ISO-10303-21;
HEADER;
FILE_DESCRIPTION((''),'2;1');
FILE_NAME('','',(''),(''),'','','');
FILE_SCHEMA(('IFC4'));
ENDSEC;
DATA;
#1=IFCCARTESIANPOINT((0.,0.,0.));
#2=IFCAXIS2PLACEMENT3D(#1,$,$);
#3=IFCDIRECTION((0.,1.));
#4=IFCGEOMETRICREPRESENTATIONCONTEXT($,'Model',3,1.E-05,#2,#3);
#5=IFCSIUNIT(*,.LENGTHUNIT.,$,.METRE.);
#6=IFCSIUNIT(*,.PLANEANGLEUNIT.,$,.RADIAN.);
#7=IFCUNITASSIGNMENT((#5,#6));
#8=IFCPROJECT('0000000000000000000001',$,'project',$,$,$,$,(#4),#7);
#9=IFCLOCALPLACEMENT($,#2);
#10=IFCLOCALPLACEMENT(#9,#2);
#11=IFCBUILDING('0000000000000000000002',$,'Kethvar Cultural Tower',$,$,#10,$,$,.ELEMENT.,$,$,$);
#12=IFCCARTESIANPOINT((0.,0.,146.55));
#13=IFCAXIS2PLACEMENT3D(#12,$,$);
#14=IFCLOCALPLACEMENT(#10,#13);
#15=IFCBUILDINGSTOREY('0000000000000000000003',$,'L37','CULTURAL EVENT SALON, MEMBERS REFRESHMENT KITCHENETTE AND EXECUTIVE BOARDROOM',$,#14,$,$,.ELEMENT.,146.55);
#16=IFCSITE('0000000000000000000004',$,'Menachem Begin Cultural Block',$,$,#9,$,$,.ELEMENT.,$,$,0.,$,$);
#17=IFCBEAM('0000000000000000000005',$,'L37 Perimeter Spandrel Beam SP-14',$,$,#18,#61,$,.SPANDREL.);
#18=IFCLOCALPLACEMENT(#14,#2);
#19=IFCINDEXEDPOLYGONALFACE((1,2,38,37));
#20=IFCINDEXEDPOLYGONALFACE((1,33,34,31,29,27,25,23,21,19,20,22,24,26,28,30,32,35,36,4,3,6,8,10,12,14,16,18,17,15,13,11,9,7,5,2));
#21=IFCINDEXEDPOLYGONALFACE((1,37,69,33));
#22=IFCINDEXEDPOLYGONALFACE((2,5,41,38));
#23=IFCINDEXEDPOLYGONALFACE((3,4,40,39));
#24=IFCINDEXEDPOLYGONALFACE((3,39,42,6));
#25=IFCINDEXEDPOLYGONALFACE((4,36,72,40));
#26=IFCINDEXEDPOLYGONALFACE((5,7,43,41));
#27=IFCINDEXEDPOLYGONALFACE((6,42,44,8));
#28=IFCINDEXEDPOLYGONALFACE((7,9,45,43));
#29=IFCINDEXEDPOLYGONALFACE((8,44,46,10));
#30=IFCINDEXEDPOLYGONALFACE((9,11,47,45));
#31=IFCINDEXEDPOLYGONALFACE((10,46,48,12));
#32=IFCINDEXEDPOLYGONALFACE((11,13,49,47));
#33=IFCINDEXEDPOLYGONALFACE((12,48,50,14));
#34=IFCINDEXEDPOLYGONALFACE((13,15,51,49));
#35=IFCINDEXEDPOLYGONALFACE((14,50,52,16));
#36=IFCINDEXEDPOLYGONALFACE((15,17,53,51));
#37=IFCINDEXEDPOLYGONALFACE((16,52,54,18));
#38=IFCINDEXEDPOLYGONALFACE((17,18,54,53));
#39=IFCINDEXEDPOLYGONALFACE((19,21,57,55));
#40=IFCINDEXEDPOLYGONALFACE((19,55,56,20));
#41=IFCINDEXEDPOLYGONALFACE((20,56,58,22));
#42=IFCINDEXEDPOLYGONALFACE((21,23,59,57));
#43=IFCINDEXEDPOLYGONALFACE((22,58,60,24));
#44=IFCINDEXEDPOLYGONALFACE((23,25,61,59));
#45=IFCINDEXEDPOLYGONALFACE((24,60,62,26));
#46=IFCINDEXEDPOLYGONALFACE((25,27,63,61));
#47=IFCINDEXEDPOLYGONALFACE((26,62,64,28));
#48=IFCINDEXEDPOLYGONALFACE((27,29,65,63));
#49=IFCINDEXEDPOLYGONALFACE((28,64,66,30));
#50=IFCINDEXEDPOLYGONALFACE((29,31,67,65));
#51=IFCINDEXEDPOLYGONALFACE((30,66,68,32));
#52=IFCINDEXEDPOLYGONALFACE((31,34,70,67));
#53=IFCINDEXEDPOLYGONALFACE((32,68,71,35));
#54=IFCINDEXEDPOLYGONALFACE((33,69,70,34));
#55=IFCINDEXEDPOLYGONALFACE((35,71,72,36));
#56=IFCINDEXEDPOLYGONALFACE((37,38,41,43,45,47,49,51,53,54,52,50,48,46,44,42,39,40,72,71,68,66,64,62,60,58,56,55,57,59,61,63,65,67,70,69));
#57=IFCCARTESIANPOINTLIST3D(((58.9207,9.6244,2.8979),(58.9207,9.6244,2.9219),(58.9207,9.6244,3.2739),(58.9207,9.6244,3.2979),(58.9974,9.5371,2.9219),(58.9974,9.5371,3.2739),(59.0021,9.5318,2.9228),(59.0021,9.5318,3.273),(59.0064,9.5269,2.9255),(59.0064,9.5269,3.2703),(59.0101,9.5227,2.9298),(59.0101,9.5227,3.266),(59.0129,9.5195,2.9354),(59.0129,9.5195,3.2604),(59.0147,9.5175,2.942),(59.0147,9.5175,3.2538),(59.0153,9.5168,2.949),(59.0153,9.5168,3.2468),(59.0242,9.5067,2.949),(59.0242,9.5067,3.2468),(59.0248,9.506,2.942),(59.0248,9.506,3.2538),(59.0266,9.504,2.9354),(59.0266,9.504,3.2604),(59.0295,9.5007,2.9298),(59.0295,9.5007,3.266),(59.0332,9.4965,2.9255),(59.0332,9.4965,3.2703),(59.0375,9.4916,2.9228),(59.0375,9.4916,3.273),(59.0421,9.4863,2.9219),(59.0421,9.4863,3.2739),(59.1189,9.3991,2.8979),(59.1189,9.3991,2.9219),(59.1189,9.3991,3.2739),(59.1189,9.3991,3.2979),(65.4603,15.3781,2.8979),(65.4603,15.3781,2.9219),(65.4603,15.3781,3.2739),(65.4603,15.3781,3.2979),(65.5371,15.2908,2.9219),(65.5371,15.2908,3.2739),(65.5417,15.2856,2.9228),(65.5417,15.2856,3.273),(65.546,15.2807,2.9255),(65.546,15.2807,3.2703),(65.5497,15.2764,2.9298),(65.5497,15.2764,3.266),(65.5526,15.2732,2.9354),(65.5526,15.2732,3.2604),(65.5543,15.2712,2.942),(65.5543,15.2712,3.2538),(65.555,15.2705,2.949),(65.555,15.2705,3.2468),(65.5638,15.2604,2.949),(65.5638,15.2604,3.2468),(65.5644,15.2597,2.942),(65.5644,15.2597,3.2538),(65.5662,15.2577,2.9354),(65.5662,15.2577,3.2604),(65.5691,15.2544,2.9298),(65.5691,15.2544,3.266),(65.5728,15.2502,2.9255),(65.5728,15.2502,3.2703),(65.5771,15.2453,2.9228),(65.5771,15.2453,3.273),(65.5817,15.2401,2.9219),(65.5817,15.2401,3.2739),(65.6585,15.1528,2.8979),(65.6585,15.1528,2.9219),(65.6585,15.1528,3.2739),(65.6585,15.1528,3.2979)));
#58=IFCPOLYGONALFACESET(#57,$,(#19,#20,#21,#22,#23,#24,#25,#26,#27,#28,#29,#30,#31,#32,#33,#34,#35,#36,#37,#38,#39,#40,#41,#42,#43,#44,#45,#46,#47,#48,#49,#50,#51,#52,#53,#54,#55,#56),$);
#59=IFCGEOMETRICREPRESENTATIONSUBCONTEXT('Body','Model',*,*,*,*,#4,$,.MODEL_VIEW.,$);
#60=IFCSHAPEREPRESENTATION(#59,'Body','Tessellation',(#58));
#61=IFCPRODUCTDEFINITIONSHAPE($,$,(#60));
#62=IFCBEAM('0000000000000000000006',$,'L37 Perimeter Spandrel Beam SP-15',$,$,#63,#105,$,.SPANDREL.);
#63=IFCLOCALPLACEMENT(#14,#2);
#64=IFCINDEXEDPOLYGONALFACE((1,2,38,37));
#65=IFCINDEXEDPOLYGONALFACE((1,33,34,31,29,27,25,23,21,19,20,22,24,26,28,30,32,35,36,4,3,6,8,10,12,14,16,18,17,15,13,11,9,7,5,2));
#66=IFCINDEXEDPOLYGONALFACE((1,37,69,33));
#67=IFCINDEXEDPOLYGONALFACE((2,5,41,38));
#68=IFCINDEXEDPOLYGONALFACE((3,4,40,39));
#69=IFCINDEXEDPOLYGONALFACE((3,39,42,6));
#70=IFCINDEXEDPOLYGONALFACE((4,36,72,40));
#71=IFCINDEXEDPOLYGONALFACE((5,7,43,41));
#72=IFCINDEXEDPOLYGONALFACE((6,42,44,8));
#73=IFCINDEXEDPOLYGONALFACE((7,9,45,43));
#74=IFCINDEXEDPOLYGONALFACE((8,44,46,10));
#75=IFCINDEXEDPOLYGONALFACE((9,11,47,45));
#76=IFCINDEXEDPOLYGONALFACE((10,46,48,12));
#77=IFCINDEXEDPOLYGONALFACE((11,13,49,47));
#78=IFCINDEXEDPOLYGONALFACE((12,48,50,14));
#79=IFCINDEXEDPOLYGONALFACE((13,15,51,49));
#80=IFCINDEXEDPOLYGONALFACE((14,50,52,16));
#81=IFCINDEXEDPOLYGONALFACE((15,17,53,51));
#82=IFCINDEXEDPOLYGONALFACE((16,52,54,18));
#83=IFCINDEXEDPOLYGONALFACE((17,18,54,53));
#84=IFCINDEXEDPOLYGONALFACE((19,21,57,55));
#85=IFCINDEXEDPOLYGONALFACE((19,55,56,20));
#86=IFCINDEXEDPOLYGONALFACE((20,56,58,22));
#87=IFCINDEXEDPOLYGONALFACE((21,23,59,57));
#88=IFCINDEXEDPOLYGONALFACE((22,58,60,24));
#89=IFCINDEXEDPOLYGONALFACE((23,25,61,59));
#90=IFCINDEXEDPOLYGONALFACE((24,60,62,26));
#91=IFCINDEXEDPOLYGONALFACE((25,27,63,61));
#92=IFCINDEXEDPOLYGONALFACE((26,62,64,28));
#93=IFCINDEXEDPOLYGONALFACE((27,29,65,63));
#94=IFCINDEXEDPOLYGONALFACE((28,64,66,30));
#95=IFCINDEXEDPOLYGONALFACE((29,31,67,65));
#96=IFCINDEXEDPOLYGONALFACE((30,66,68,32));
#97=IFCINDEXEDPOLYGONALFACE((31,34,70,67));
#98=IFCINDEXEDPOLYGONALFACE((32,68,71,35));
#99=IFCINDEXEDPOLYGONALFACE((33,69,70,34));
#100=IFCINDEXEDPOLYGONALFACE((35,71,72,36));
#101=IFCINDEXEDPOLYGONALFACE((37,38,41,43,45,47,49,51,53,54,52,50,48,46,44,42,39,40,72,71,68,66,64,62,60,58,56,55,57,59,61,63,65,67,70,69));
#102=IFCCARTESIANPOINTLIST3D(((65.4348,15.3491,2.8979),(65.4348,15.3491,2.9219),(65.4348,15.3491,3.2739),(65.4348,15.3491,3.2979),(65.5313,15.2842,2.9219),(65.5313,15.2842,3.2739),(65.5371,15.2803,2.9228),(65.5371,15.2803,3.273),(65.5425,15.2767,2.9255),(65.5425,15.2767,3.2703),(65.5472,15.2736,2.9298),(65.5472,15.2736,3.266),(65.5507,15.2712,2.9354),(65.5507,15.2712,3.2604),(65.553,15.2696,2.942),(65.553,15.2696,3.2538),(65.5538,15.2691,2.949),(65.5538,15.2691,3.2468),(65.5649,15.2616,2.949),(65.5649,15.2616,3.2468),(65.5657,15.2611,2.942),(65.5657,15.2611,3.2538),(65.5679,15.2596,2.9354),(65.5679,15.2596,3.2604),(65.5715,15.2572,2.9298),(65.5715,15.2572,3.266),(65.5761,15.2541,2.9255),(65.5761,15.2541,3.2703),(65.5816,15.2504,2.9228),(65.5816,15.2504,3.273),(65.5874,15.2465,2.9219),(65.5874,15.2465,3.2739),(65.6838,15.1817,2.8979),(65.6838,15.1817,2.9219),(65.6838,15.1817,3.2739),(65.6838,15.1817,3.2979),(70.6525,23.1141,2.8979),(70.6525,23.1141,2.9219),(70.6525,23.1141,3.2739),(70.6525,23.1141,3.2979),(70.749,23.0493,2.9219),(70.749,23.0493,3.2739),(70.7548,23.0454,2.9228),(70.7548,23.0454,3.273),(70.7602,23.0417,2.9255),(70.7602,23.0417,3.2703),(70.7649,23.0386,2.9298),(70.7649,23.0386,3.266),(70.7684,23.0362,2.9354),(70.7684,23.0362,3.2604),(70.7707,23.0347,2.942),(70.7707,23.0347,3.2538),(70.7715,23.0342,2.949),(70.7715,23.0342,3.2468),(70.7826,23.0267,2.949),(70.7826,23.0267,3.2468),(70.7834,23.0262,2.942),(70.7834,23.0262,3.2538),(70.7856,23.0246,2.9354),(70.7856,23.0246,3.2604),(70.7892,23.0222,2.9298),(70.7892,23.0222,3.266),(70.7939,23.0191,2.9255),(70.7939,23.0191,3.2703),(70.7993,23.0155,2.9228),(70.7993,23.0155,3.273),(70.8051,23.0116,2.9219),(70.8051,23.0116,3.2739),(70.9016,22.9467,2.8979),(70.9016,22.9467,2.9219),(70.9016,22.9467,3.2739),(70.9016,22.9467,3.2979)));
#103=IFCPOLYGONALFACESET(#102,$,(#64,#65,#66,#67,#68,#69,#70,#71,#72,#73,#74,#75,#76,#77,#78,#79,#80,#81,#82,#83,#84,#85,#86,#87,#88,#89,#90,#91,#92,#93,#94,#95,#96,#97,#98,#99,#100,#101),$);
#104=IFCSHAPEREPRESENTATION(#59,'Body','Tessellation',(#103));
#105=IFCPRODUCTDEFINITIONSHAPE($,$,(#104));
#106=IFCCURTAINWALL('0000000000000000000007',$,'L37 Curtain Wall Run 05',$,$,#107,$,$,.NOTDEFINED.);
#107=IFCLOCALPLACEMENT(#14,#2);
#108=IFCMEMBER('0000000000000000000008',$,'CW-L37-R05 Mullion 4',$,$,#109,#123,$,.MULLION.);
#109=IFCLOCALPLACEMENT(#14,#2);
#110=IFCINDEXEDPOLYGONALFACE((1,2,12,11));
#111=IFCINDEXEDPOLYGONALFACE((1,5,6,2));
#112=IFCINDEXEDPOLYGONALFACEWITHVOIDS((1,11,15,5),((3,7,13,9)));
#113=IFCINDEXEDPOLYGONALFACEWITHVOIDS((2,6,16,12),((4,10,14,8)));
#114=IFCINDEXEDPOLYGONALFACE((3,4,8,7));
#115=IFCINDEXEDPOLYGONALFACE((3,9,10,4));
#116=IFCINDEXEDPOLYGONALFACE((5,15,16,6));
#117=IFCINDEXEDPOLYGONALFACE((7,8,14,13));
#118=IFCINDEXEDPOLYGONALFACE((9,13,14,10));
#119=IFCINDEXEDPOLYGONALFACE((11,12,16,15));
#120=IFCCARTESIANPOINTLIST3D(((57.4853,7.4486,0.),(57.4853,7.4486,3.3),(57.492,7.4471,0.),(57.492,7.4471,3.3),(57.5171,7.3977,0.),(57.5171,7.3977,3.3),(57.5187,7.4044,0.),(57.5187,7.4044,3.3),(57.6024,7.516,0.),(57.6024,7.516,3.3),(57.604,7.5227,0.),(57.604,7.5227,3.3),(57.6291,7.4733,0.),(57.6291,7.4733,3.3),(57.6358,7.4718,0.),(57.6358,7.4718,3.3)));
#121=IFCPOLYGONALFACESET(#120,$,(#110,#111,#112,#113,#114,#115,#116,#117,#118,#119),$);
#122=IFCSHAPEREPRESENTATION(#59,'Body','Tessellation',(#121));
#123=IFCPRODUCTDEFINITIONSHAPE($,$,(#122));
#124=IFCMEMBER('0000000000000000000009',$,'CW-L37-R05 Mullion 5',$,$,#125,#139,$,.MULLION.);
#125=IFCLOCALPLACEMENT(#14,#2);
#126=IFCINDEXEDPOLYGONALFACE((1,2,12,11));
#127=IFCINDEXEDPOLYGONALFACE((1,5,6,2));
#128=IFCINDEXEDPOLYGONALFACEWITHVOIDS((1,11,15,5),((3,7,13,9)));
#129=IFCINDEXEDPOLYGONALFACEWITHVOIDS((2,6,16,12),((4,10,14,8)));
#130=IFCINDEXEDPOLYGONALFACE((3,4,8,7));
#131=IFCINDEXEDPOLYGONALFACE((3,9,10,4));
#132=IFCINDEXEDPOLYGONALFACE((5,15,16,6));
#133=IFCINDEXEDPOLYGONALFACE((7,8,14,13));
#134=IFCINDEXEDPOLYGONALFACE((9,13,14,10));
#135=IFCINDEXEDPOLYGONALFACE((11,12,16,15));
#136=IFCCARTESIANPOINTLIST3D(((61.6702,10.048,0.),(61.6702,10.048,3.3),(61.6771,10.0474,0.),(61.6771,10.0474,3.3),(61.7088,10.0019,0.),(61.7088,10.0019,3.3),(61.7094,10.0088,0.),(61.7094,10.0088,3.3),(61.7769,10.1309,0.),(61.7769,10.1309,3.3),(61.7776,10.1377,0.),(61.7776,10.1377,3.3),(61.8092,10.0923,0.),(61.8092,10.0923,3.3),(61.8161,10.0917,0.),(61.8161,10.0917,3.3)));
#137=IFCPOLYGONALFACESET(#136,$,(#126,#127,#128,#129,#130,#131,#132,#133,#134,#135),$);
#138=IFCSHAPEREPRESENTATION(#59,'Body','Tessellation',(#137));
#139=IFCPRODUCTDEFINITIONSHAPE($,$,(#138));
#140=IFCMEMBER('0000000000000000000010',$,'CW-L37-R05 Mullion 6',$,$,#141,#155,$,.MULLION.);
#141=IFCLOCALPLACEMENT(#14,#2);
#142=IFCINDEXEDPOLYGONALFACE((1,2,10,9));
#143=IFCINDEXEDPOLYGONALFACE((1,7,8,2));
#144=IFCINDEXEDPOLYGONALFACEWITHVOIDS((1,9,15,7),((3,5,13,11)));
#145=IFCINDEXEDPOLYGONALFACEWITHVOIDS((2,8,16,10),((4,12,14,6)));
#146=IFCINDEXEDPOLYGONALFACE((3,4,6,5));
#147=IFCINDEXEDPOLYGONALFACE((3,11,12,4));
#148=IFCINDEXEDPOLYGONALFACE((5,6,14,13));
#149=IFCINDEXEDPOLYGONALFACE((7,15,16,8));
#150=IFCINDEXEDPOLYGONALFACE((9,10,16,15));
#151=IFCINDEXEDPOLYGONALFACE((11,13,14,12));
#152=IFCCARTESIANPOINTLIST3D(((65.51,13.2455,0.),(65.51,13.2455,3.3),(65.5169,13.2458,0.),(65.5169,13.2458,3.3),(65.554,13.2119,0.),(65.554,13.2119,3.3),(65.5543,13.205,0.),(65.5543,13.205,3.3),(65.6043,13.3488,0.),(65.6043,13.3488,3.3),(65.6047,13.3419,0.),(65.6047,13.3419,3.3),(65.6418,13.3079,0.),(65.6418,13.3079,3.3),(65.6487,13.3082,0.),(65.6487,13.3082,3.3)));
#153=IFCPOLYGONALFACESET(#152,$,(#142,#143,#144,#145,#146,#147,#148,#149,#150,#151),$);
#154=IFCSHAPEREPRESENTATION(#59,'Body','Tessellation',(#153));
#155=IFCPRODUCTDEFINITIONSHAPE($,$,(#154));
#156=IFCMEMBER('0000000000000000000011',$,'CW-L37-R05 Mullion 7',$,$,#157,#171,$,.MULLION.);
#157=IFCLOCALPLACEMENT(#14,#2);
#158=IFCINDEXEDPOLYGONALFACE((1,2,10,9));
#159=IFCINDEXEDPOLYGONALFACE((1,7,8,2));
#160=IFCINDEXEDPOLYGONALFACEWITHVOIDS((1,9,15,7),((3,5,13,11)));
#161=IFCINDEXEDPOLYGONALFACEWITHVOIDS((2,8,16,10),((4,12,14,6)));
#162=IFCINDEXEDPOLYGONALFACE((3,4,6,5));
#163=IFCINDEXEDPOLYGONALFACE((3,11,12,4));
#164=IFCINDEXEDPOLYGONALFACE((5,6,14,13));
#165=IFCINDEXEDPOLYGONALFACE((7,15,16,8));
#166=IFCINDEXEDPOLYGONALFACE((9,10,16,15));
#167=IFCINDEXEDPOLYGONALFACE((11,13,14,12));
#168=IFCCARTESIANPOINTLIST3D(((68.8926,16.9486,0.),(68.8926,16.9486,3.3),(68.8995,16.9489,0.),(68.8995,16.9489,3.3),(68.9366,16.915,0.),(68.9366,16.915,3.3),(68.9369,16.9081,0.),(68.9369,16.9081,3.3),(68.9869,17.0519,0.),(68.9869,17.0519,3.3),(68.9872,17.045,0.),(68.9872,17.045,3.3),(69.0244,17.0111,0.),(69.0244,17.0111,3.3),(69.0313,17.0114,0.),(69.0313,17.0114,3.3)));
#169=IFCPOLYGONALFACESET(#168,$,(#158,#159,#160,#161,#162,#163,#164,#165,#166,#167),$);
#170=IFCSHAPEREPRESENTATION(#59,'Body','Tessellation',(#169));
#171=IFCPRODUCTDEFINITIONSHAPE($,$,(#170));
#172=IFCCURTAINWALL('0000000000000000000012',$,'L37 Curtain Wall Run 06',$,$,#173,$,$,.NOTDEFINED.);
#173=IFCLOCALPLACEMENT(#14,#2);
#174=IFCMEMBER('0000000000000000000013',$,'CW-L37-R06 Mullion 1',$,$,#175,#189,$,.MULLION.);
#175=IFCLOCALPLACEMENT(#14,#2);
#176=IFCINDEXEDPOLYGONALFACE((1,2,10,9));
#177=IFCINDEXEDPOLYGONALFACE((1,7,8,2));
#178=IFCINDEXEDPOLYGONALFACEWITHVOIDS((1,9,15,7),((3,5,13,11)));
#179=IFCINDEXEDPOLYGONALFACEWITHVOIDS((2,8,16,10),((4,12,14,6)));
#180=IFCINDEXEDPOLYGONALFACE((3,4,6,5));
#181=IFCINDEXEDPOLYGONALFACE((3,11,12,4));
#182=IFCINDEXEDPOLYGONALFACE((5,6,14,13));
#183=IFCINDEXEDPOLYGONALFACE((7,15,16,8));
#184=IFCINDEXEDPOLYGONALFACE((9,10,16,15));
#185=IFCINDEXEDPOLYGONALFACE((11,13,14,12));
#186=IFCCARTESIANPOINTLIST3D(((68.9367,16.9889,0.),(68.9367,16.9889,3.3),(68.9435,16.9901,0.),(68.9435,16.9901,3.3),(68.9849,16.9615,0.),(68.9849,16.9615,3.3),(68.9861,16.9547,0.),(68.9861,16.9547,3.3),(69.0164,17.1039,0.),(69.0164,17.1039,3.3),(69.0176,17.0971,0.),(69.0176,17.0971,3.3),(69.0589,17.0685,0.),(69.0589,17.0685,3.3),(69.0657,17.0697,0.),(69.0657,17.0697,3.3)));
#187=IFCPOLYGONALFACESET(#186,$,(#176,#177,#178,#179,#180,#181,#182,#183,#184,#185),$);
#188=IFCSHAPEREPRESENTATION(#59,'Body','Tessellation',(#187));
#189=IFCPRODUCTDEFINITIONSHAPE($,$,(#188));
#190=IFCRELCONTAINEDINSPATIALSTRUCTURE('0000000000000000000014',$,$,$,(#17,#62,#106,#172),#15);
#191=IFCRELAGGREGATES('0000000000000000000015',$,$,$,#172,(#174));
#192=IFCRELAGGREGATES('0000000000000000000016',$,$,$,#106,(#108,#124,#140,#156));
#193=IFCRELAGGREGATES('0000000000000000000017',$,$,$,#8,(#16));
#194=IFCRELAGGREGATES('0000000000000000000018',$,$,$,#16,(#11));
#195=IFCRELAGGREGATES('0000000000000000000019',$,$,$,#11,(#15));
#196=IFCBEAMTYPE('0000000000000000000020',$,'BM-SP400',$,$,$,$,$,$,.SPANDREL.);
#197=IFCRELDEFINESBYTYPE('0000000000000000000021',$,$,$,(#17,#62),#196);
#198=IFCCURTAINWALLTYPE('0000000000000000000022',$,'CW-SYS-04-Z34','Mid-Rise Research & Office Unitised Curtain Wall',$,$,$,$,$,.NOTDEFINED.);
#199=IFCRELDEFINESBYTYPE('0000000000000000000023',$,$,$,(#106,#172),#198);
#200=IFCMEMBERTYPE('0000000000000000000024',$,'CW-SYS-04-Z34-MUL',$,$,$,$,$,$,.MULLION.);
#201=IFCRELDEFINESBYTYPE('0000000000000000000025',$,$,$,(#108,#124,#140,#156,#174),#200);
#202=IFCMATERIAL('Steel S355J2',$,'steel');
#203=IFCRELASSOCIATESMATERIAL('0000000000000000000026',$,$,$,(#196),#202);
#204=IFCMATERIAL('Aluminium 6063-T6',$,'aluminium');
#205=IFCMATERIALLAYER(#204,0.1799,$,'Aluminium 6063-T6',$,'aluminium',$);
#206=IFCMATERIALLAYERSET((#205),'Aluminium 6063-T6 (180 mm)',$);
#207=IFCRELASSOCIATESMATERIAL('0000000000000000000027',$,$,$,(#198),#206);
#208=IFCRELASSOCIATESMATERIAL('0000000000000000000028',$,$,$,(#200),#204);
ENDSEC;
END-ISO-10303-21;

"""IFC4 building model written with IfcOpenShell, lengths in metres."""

from ifc_helpers import new_model, si_unit, direction, frame, origin, origin_2d, place, context, subcontext, project, spatial, hollow_rectangle, i_section, extrude, source, transform, mapped, material, layer, layer_set, material_profile, profile_set, type_object, element, aggregate, save


model = new_model("IFC4")

# Units and contexts
model_context = context("Model", 3, precision=1e-05, world=origin(), true_north=direction((0.0, 1.0)))
body_context = subcontext(model_context, "Body", "Model", "MODEL_VIEW")
ifc_project = project(units=[si_unit("LENGTHUNIT", "METRE"), si_unit("PLANEANGLEUNIT", "RADIAN")], contexts=[model_context])

# Site, building, storey
site_placement = place(None, origin())
site = spatial("IfcSite", under=ifc_project, at=site_placement, Name="Menachem Begin Cultural Block", CompositionType="ELEMENT", RefElevation=0.0)
building_placement = place(site_placement, origin())
building = spatial("IfcBuilding", under=site, at=building_placement, Name="Kethvar Cultural Tower", CompositionType="ELEMENT")
storey_placement = place(building_placement, frame((0.0, 0.0, 146.55)))
storey = spatial("IfcBuildingStorey", under=building, at=storey_placement, Name="L37", Description="CULTURAL EVENT SALON, MEMBERS REFRESHMENT KITCHENETTE AND EXECUTIVE BOARDROOM", CompositionType="ELEMENT", Elevation=146.55)

# Beams
ifc_material_1 = material(Name="Steel S355J2", Category="steel")
ifc_material_profile_1 = material_profile(ifc_material_1, i_section(OverallWidth=0.3, OverallDepth=0.3999, WebThickness=0.0134, FlangeThickness=0.0239, FilletRadius=0.0271, at=origin_2d()), Name="Steel S355J2 — HEB400")
ifc_profile_set_1 = profile_set([ifc_material_profile_1], Name="Steel S355J2 — HEB400")
beam_type_1 = type_object("IfcBeamType", Name="BM-SP400", PredefinedType="SPANDREL", material=ifc_profile_set_1)
shared_shape_1 = source(origin(), body_context, "Body", "SweptSolid", [
    extrude(i_section(OverallWidth=0.3, OverallDepth=0.3999, WebThickness=0.0134, FlangeThickness=0.0239, FilletRadius=0.0271, at=origin_2d()), origin(), (0.0, 0.0, 1.0), 8.7104),
])
beam_1_placement = place(storey_placement, frame((59.0198, 9.5117, 3.0979), z_axis=(0.750779, 0.660554, 0.0), x_axis=(-0.660554, 0.750779, 0.0)))
element("IfcBeam", 1, at=beam_1_placement, inside=storey, type_object=beam_type_1, Name="L37 Perimeter Spandrel Beam SP-14", PredefinedType="SPANDREL", context=body_context, shape_type="MappedRepresentation", body=[
    mapped(shared_shape_1, transform((0.0, 0.0, 0.0), scale=1.0)),
])
shared_shape_2 = source(origin(), body_context, "Body", "SweptSolid", [
    extrude(i_section(OverallWidth=0.3, OverallDepth=0.3999, WebThickness=0.0134, FlangeThickness=0.0239, FilletRadius=0.0271, at=origin_2d()), origin(), (0.0, 0.0, 1.0), 9.3552),
])
beam_2_placement = place(storey_placement, frame((65.5593, 15.2654, 3.0979), z_axis=(0.557732, 0.830021, 0.0), x_axis=(-0.830021, 0.557732, 0.0)))
element("IfcBeam", 2, at=beam_2_placement, inside=storey, type_object=beam_type_1, Name="L37 Perimeter Spandrel Beam SP-15", PredefinedType="SPANDREL", context=body_context, shape_type="MappedRepresentation", body=[
    mapped(shared_shape_2, transform((0.0, 0.0, 0.0), scale=1.0)),
])

# Curtain wall, members
ifc_material_2 = material(Name="Aluminium 6063-T6", Category="aluminium")
ifc_layer_1 = layer(ifc_material_2, 0.1799, Name="Aluminium 6063-T6", Category="aluminium")
ifc_layer_set_1 = layer_set([ifc_layer_1], Name="Aluminium 6063-T6 (180 mm)")
curtain_wall_type = type_object("IfcCurtainWallType", Name="CW-SYS-04-Z34", Description="Mid-Rise Research & Office Unitised Curtain Wall", PredefinedType="NOTDEFINED", material=ifc_layer_set_1)
curtain_wall_1_placement = place(storey_placement, origin())
curtain_wall_1 = element("IfcCurtainWall", 3, at=curtain_wall_1_placement, inside=storey, type_object=curtain_wall_type, Name="L37 Curtain Wall Run 05", PredefinedType="NOTDEFINED")
ifc_material_profile_2 = material_profile(ifc_material_2, hollow_rectangle(XDim=0.0601, YDim=0.1399, WallThickness=0.0049, at=origin_2d()), Name="Aluminium 6063-T6 — RHS140x60x5")
ifc_profile_set_2 = profile_set([ifc_material_profile_2], Name="Aluminium 6063-T6 — RHS140x60x5")
member_type_1 = type_object("IfcMemberType", Name="CW-SYS-04-Z34-MUL", PredefinedType="MULLION", material=ifc_profile_set_2)
shared_shape_3 = source(origin(), body_context, "Body", "SweptSolid", [
    extrude(hollow_rectangle(XDim=0.0601, YDim=0.1399, WallThickness=0.0049, at=origin_2d()), origin(), (0.0, 0.0, 1.0), 3.3),
])
member_1_placement = place(storey_placement, frame((57.5605, 7.4602, 0.0), z_axis=(0.0, 0.0, 1.0), x_axis=(-0.529505, 0.848307, 0.0)))
member_1 = element("IfcMember", 4, at=member_1_placement, type_object=member_type_1, Name="CW-L37-R05 Mullion 4", PredefinedType="MULLION", context=body_context, shape_type="MappedRepresentation", body=[
    mapped(shared_shape_3, transform((0.0, 0.0, 0.0), scale=1.0)),
])
member_2_placement = place(storey_placement, frame((61.7432, 10.0698, 0.0), z_axis=(0.0, 0.0, 1.0), x_axis=(-0.64153, 0.767098, 0.0)))
member_2 = element("IfcMember", 5, at=member_2_placement, type_object=member_type_1, Name="CW-L37-R05 Mullion 5", PredefinedType="MULLION", context=body_context, shape_type="MappedRepresentation", body=[
    mapped(shared_shape_3, transform((0.0, 0.0, 0.0), scale=1.0)),
])
member_3_placement = place(storey_placement, frame((65.5793, 13.2769, 0.0), z_axis=(0.0, 0.0, 1.0), x_axis=(-0.738361, 0.674405, 0.0)))
member_3 = element("IfcMember", 6, at=member_3_placement, type_object=member_type_1, Name="CW-L37-R05 Mullion 6", PredefinedType="MULLION", context=body_context, shape_type="MappedRepresentation", body=[
    mapped(shared_shape_3, transform((0.0, 0.0, 0.0), scale=1.0)),
])
member_4_placement = place(storey_placement, frame((68.9619, 16.98, 0.0), z_axis=(0.0, 0.0, 1.0), x_axis=(-0.738361, 0.674405, 0.0)))
member_4 = element("IfcMember", 7, at=member_4_placement, type_object=member_type_1, Name="CW-L37-R05 Mullion 7", PredefinedType="MULLION", context=body_context, shape_type="MappedRepresentation", body=[
    mapped(shared_shape_3, transform((0.0, 0.0, 0.0), scale=1.0)),
])

# Curtain wall, member
curtain_wall_2_placement = place(storey_placement, origin())
curtain_wall_2 = element("IfcCurtainWall", 8, at=curtain_wall_2_placement, inside=storey, type_object=curtain_wall_type, Name="L37 Curtain Wall Run 06", PredefinedType="NOTDEFINED")
member_5_placement = place(storey_placement, frame((69.0012, 17.0293, 0.0), z_axis=(0.0, 0.0, 1.0), x_axis=(-0.822124, 0.569308, 0.0)))
member_5 = element("IfcMember", 9, at=member_5_placement, type_object=member_type_1, Name="CW-L37-R06 Mullion 1", PredefinedType="MULLION", context=body_context, shape_type="MappedRepresentation", body=[
    mapped(shared_shape_3, transform((0.0, 0.0, 0.0), scale=1.0)),
])

aggregate(curtain_wall_2, [member_5])

aggregate(curtain_wall_1, [member_1, member_2, member_3, member_4])

save(model, "model.ifc")
